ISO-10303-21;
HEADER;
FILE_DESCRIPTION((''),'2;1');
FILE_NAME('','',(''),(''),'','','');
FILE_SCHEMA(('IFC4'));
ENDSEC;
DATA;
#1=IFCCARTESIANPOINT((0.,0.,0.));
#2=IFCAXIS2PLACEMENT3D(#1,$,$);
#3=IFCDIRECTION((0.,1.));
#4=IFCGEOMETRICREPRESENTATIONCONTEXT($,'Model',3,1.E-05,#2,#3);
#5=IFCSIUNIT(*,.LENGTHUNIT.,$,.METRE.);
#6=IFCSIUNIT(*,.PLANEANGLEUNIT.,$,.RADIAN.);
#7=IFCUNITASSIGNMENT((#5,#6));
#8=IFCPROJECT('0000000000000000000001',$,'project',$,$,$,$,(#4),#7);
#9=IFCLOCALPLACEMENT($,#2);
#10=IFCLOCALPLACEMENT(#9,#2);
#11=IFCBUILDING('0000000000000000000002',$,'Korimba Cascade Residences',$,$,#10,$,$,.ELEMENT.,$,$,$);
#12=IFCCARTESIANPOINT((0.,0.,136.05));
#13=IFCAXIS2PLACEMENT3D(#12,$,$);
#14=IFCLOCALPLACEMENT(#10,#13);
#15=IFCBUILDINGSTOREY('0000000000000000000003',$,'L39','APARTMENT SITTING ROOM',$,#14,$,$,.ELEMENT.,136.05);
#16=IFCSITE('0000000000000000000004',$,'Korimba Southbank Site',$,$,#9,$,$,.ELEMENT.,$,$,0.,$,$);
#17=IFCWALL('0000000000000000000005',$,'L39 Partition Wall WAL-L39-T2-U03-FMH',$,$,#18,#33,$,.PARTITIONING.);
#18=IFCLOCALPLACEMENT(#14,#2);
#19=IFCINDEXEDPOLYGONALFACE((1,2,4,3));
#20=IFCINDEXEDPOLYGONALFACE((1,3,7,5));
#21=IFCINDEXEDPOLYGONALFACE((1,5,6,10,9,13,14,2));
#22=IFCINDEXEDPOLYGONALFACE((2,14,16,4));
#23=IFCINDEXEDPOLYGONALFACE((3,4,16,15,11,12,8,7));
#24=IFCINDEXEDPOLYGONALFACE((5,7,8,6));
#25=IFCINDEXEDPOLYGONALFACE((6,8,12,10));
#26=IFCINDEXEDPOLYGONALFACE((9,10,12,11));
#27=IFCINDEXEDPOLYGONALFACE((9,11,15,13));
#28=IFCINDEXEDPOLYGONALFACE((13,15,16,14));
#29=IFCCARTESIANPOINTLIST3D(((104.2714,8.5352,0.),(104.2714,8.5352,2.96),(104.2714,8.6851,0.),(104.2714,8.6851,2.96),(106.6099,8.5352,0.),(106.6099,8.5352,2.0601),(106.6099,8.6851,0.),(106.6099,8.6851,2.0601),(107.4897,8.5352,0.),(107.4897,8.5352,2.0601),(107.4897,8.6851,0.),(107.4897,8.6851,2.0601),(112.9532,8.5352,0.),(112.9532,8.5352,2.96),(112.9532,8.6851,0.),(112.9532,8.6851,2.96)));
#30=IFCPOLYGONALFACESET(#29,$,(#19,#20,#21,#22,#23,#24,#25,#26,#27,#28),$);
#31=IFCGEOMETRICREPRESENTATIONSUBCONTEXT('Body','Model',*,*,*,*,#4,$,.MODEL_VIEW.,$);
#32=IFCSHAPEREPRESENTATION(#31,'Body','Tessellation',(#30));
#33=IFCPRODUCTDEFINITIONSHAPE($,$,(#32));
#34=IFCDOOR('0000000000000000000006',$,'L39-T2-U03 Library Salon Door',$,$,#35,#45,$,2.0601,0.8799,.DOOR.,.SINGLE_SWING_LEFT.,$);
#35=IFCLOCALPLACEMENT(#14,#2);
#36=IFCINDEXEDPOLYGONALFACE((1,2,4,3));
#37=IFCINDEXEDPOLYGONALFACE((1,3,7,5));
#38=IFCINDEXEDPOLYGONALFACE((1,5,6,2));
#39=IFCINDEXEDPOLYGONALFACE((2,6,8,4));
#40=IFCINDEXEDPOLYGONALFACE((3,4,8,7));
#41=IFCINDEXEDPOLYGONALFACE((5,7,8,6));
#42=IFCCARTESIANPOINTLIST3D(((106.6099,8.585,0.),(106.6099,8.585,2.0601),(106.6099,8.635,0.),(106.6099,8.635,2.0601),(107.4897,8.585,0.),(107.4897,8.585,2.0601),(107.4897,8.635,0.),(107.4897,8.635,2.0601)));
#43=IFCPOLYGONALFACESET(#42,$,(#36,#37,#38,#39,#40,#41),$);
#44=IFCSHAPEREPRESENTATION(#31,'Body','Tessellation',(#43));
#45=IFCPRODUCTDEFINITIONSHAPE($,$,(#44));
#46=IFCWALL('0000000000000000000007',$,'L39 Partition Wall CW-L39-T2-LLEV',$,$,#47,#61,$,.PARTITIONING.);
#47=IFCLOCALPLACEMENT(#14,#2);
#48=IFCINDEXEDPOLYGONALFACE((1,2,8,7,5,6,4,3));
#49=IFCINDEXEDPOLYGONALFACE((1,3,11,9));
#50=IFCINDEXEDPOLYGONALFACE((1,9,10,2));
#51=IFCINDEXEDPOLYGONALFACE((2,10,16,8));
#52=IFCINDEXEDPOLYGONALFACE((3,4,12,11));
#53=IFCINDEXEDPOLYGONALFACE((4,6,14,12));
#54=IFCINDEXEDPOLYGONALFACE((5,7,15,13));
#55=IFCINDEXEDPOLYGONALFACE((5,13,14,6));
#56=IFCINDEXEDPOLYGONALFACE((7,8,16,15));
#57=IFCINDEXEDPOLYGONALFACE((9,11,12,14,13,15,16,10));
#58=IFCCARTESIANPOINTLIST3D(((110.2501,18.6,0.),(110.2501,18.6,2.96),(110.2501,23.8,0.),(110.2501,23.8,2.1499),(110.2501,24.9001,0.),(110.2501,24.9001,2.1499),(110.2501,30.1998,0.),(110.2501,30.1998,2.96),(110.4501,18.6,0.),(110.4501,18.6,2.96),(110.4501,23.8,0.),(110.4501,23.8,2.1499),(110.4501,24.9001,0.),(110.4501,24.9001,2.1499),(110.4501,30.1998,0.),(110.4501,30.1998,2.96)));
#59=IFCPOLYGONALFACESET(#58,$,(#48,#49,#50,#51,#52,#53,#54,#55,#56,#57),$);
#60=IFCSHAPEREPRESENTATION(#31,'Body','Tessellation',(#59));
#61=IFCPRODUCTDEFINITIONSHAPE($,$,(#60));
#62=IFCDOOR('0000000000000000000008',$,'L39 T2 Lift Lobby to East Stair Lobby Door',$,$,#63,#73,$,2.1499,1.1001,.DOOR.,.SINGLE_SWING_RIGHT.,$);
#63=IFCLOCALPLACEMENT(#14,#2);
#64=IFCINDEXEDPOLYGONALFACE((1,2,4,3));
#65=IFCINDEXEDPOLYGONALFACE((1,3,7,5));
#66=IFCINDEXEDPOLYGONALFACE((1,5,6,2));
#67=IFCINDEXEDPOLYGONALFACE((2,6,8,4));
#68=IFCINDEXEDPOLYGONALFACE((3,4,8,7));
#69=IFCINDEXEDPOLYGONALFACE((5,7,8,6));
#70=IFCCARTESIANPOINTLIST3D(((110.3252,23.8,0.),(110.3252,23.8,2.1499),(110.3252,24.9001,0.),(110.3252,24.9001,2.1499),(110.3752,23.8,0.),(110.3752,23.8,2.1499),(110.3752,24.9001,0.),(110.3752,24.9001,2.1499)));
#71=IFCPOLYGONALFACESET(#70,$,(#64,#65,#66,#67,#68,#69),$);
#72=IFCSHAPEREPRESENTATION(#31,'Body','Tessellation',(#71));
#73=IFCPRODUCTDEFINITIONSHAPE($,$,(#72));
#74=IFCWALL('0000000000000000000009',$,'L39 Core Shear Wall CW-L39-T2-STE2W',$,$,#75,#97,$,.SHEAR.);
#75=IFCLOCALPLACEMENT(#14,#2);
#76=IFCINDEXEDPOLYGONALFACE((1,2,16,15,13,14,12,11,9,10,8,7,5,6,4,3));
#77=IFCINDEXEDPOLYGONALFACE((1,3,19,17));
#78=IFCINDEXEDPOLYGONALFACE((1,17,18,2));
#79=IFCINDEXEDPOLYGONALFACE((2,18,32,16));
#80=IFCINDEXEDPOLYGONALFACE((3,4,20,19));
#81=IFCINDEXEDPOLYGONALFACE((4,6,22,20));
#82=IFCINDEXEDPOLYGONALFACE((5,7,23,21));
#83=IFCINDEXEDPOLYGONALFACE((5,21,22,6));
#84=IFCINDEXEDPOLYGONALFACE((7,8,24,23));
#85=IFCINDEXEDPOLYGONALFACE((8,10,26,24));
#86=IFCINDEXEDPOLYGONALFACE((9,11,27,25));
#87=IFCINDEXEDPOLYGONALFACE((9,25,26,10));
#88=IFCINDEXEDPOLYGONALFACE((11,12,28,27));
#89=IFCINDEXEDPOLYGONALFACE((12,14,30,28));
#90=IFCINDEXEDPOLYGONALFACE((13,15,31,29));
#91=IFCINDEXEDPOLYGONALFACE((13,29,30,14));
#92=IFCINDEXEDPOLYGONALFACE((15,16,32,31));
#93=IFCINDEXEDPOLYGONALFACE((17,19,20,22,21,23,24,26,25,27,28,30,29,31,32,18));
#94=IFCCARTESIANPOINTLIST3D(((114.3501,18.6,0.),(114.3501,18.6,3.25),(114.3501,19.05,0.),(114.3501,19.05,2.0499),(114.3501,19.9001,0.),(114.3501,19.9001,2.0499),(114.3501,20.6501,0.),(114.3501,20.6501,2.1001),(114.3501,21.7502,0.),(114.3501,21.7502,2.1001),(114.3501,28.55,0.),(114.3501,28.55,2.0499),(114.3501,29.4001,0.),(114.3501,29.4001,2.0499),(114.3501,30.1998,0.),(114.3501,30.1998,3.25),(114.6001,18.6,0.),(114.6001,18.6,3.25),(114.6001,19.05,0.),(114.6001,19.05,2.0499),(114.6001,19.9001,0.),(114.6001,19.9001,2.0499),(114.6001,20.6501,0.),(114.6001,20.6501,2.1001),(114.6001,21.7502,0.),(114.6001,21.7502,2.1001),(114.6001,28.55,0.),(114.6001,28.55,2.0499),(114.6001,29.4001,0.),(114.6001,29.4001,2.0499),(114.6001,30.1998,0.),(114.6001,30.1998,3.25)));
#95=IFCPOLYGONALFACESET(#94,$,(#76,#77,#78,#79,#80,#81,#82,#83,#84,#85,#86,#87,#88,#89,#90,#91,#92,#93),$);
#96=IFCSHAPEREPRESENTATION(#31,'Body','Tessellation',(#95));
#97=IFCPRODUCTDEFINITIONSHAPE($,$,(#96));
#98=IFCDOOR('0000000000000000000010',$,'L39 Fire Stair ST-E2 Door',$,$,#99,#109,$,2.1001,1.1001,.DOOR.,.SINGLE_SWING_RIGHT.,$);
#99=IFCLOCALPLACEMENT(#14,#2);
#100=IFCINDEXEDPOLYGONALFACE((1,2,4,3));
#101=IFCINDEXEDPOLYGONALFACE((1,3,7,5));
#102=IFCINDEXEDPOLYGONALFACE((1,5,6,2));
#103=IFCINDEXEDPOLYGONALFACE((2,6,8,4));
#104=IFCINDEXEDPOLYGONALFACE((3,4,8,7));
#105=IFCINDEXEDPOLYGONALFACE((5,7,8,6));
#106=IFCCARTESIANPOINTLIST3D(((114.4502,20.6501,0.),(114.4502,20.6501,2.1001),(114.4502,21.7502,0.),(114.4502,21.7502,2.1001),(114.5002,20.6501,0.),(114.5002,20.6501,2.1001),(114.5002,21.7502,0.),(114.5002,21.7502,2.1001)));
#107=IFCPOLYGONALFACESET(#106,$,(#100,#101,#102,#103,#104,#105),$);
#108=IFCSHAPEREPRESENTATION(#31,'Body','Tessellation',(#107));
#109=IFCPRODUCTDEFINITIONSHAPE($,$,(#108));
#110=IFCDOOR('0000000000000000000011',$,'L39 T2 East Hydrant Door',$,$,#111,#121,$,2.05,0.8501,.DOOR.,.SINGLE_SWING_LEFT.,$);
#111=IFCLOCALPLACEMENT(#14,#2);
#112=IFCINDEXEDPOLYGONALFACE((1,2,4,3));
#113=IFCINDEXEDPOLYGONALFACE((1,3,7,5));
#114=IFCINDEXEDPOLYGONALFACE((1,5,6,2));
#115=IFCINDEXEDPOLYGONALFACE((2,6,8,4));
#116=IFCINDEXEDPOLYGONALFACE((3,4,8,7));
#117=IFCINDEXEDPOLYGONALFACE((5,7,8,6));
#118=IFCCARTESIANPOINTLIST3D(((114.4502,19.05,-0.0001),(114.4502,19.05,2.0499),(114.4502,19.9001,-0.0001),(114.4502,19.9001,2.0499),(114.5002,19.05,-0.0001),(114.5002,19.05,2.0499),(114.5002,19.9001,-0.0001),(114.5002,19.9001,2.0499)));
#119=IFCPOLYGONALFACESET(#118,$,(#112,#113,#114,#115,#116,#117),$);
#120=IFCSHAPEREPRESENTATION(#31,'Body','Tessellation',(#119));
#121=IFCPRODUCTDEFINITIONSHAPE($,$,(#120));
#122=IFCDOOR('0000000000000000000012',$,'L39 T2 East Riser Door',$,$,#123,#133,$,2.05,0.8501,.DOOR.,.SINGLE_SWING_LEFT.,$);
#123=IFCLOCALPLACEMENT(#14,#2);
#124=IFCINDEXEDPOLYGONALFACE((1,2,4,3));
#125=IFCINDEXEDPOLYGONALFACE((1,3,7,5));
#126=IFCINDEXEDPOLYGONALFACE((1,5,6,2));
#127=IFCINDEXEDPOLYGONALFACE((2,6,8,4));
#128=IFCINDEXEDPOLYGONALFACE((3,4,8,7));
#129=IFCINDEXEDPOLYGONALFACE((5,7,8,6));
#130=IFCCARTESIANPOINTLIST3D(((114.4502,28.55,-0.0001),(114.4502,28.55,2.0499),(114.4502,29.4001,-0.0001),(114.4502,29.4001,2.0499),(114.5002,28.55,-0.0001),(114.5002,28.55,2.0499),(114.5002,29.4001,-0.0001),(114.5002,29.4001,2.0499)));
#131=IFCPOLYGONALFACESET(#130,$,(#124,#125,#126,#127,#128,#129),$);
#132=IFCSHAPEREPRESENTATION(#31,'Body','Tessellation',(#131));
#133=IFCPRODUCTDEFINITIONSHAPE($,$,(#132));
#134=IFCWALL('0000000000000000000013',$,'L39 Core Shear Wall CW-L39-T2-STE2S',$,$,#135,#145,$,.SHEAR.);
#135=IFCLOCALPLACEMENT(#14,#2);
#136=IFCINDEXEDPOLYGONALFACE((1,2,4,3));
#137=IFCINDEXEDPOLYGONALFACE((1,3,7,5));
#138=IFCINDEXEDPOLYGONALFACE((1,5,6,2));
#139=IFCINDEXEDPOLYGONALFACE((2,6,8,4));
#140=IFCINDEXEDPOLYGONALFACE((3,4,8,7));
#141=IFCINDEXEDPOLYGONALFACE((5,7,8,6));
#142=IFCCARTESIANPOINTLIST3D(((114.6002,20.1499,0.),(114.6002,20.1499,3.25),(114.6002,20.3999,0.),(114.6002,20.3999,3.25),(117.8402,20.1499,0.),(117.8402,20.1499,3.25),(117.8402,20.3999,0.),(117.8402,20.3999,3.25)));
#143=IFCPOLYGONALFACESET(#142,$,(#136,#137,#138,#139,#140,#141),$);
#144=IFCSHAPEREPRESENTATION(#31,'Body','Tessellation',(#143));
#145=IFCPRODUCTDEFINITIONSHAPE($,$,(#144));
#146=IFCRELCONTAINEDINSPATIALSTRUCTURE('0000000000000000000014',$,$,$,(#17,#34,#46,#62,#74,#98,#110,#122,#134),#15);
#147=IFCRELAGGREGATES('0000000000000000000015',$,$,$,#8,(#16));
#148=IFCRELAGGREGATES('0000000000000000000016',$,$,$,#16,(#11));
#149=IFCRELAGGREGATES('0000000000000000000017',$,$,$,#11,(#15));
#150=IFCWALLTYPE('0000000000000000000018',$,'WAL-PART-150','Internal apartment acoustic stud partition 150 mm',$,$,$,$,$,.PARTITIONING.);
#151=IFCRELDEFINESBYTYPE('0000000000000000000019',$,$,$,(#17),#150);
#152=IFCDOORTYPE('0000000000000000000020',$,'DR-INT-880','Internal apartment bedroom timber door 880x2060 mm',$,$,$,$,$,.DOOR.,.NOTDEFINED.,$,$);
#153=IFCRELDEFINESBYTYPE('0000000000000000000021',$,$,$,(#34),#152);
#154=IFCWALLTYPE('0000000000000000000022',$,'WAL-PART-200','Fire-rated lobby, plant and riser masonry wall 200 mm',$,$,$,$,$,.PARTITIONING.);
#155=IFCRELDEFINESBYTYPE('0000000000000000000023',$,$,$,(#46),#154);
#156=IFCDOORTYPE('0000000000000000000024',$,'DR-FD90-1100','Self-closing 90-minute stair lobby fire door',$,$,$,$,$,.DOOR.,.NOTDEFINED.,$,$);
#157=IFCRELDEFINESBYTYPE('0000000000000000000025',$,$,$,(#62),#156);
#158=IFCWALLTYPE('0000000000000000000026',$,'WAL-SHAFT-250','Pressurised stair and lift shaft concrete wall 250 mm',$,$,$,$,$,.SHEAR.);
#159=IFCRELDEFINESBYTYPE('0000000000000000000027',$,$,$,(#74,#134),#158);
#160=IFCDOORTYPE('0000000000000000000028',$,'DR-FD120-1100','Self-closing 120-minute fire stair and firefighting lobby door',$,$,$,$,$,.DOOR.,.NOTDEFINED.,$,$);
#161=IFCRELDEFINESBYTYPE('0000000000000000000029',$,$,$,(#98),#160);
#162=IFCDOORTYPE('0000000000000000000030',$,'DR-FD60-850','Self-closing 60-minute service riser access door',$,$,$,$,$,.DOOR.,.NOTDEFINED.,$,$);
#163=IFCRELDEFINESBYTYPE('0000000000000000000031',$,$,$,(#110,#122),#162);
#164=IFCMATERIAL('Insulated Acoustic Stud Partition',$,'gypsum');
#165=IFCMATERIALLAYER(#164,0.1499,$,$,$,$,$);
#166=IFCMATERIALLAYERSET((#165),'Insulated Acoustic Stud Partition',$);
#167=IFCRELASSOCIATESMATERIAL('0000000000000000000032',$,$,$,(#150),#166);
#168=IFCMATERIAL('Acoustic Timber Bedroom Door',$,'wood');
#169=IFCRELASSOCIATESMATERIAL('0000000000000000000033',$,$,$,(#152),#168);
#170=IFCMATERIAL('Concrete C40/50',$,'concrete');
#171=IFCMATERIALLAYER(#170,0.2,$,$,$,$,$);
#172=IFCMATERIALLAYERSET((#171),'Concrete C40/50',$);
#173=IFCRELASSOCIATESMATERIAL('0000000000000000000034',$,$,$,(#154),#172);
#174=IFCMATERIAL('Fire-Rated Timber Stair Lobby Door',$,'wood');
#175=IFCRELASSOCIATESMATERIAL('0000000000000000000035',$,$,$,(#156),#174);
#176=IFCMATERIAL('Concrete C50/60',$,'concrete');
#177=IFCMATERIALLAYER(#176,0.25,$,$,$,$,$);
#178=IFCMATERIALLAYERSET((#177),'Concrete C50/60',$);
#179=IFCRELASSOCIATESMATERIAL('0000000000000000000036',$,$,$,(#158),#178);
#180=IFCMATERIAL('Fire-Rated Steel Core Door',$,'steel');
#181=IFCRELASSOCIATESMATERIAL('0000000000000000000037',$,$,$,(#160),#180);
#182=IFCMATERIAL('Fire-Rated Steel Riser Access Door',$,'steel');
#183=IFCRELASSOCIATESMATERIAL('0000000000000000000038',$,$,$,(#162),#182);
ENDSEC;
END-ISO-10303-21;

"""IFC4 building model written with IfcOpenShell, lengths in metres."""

from ifc_helpers import new_model, si_unit, direction, frame, frame_2d, origin, place, context, subcontext, project, spatial, rectangle, extrude, material, layer, layer_set, type_object, element, fill, save


model = new_model("IFC4")

# Units and contexts
model_context = context("Model", 3, precision=1e-05, world=origin(), true_north=direction((0.0, 1.0)))
body_context = subcontext(model_context, "Body", "Model", "MODEL_VIEW")
ifc_project = project(units=[si_unit("LENGTHUNIT", "METRE"), si_unit("PLANEANGLEUNIT", "RADIAN")], contexts=[model_context])

# Site, building, storey
site_placement = place(None, origin())
site = spatial("IfcSite", under=ifc_project, at=site_placement, Name="Korimba Southbank Site", CompositionType="ELEMENT", RefElevation=0.0)
building_placement = place(site_placement, origin())
building = spatial("IfcBuilding", under=site, at=building_placement, Name="Korimba Cascade Residences", CompositionType="ELEMENT")
storey_placement = place(building_placement, frame((0.0, 0.0, 136.05)))
storey = spatial("IfcBuildingStorey", under=building, at=storey_placement, Name="L39", Description="APARTMENT SITTING ROOM", CompositionType="ELEMENT", Elevation=136.05)

# Shared definitions
ifc_material_1 = material(Name="Insulated Acoustic Stud Partition", Category="gypsum")
ifc_layer_1 = layer(ifc_material_1, 0.1499)
ifc_layer_set_1 = layer_set([ifc_layer_1], Name="Insulated Acoustic Stud Partition")
wall_type_1 = type_object("IfcWallType", Name="WAL-PART-150", Description="Internal apartment acoustic stud partition 150 mm", PredefinedType="PARTITIONING", material=ifc_layer_set_1)

# Walls, openings, doors
wall_1_placement = place(storey_placement, frame((104.2715, 8.6101, 0.0), z_axis=(0.0, 0.0, 1.0), x_axis=(1.0, 0.0, 0.0)))
wall_1 = element("IfcWall", 1, at=wall_1_placement, inside=storey, type_object=wall_type_1, Name="L39 Partition Wall WAL-L39-T2-U03-FMH", PredefinedType="PARTITIONING", context=body_context, shape_type="SweptSolid", body=[
    extrude(rectangle(XDim=8.6819, YDim=0.1499, at=frame_2d((4.3408, 0.0))), origin(), (0.0, 0.0, 1.0), 2.96),
])
opening_1_placement = place(wall_1_placement, frame((2.3384, 0.0, 0.0)))
opening_1 = element("IfcOpeningElement", 2, at=opening_1_placement, cuts=wall_1, PredefinedType="OPENING", context=body_context, shape_type="SweptSolid", body=[
    extrude(rectangle(XDim=0.8799, YDim=2.0601, at=frame_2d((0.4399, 1.03))), frame((0.0, 0.085, 0.0), z_axis=(0.0, -1.0, 0.0), x_axis=(1.0, 0.0, 0.0)), (0.0, 0.0, 1.0), 0.1699),
])
ifc_material_2 = material(Name="Acoustic Timber Bedroom Door", Category="wood")
door_type_1 = type_object("IfcDoorType", Name="DR-INT-880", Description="Internal apartment bedroom timber door 880x2060 mm", OperationType="NOTDEFINED", PredefinedType="DOOR", material=ifc_material_2)
door_1_placement = place(opening_1_placement, origin())
door_1 = element("IfcDoor", 3, at=door_1_placement, inside=storey, type_object=door_type_1, Name="L39-T2-U03 Library Salon Door", OperationType="SINGLE_SWING_LEFT", OverallHeight=2.0601, OverallWidth=0.8799, PredefinedType="DOOR", context=body_context, shape_type="SweptSolid", body=[
    extrude(rectangle(XDim=0.8799, YDim=2.0601, at=frame_2d((0.4399, 1.03))), frame((0.0, 0.0249, 0.0), z_axis=(0.0, -1.0, 0.0), x_axis=(1.0, 0.0, 0.0)), (0.0, 0.0, 1.0), 0.05),
])
fill(opening_1, door_1)
ifc_material_3 = material(Name="Concrete C40/50", Category="concrete")
ifc_layer_2 = layer(ifc_material_3, 0.2)
ifc_layer_set_2 = layer_set([ifc_layer_2], Name="Concrete C40/50")
wall_type_2 = type_object("IfcWallType", Name="WAL-PART-200", Description="Fire-rated lobby, plant and riser masonry wall 200 mm", PredefinedType="PARTITIONING", material=ifc_layer_set_2)
wall_2_placement = place(storey_placement, frame((110.3501, 18.6001, 0.0), z_axis=(0.0, 0.0, 1.0), x_axis=(0.0, 1.0, 0.0)))
wall_2 = element("IfcWall", 4, at=wall_2_placement, inside=storey, type_object=wall_type_2, Name="L39 Partition Wall CW-L39-T2-LLEV", PredefinedType="PARTITIONING", context=body_context, shape_type="SweptSolid", body=[
    extrude(rectangle(XDim=11.5999, YDim=0.2, at=frame_2d((5.7998, 0.0))), origin(), (0.0, 0.0, 1.0), 2.96),
])
opening_2_placement = place(wall_2_placement, frame((5.2, 0.0, 0.0)))
opening_2 = element("IfcOpeningElement", 5, at=opening_2_placement, cuts=wall_2, PredefinedType="OPENING", context=body_context, shape_type="SweptSolid", body=[
    extrude(rectangle(XDim=1.1001, YDim=2.1499, at=frame_2d((0.55, 1.075))), frame((0.0, 0.1099, 0.0), z_axis=(0.0, -1.0, 0.0), x_axis=(1.0, 0.0, 0.0)), (0.0, 0.0, 1.0), 0.22),
])
ifc_material_4 = material(Name="Fire-Rated Timber Stair Lobby Door", Category="wood")
door_type_2 = type_object("IfcDoorType", Name="DR-FD90-1100", Description="Self-closing 90-minute stair lobby fire door", OperationType="NOTDEFINED", PredefinedType="DOOR", material=ifc_material_4)
door_2_placement = place(opening_2_placement, origin())
door_2 = element("IfcDoor", 6, at=door_2_placement, inside=storey, type_object=door_type_2, Name="L39 T2 Lift Lobby to East Stair Lobby Door", OperationType="SINGLE_SWING_RIGHT", OverallHeight=2.1499, OverallWidth=1.1001, PredefinedType="DOOR", context=body_context, shape_type="SweptSolid", body=[
    extrude(rectangle(XDim=1.1001, YDim=2.1499, at=frame_2d((0.55, 1.075))), frame((0.0, 0.0249, 0.0), z_axis=(0.0, -1.0, 0.0), x_axis=(1.0, 0.0, 0.0)), (0.0, 0.0, 1.0), 0.05),
])
fill(opening_2, door_2)

# Wall, openings, doors
ifc_material_5 = material(Name="Concrete C50/60", Category="concrete")
ifc_layer_3 = layer(ifc_material_5, 0.25)
ifc_layer_set_3 = layer_set([ifc_layer_3], Name="Concrete C50/60")
wall_type_3 = type_object("IfcWallType", Name="WAL-SHAFT-250", Description="Pressurised stair and lift shaft concrete wall 250 mm", PredefinedType="SHEAR", material=ifc_layer_set_3)
wall_3_placement = place(storey_placement, frame((114.4751, 18.6001, 0.0), z_axis=(0.0, 0.0, 1.0), x_axis=(0.0, 1.0, 0.0)))
wall_3 = element("IfcWall", 7, at=wall_3_placement, inside=storey, type_object=wall_type_3, Name="L39 Core Shear Wall CW-L39-T2-STE2W", PredefinedType="SHEAR", context=body_context, shape_type="SweptSolid", body=[
    extrude(rectangle(XDim=11.5999, YDim=0.25, at=frame_2d((5.7998, 0.0))), origin(), (0.0, 0.0, 1.0), 3.25),
])
opening_3_placement = place(wall_3_placement, frame((0.45, 0.0, 0.0)))
opening_3 = element("IfcOpeningElement", 8, at=opening_3_placement, cuts=wall_3, PredefinedType="OPENING", context=body_context, shape_type="SweptSolid", body=[
    extrude(rectangle(XDim=0.8501, YDim=2.05, at=frame_2d((0.425, 1.0249))), frame((0.0, 0.135, 0.0), z_axis=(0.0, -1.0, 0.0), x_axis=(1.0, 0.0, 0.0)), (0.0, 0.0, 1.0), 0.27),
])
opening_4_placement = place(wall_3_placement, frame((2.05, 0.0, 0.0)))
opening_4 = element("IfcOpeningElement", 9, at=opening_4_placement, cuts=wall_3, PredefinedType="OPENING", context=body_context, shape_type="SweptSolid", body=[
    extrude(rectangle(XDim=1.1001, YDim=2.1001, at=frame_2d((0.55, 1.05))), frame((0.0, 0.135, 0.0), z_axis=(0.0, -1.0, 0.0), x_axis=(1.0, 0.0, 0.0)), (0.0, 0.0, 1.0), 0.27),
])
opening_5_placement = place(wall_3_placement, frame((9.95, 0.0, 0.0)))
opening_5 = element("IfcOpeningElement", 10, at=opening_5_placement, cuts=wall_3, PredefinedType="OPENING", context=body_context, shape_type="SweptSolid", body=[
    extrude(rectangle(XDim=0.8501, YDim=2.05, at=frame_2d((0.425, 1.0249))), frame((0.0, 0.135, 0.0), z_axis=(0.0, -1.0, 0.0), x_axis=(1.0, 0.0, 0.0)), (0.0, 0.0, 1.0), 0.27),
])
ifc_material_6 = material(Name="Fire-Rated Steel Core Door", Category="steel")
door_type_3 = type_object("IfcDoorType", Name="DR-FD120-1100", Description="Self-closing 120-minute fire stair and firefighting lobby door", OperationType="NOTDEFINED", PredefinedType="DOOR", material=ifc_material_6)
door_3_placement = place(opening_4_placement, origin())
door_3 = element("IfcDoor", 11, at=door_3_placement, inside=storey, type_object=door_type_3, Name="L39 Fire Stair ST-E2 Door", OperationType="SINGLE_SWING_RIGHT", OverallHeight=2.1001, OverallWidth=1.1001, PredefinedType="DOOR", context=body_context, shape_type="SweptSolid", body=[
    extrude(rectangle(XDim=1.1001, YDim=2.1001, at=frame_2d((0.55, 1.05))), frame((0.0, 0.0249, 0.0), z_axis=(0.0, -1.0, 0.0), x_axis=(1.0, 0.0, 0.0)), (0.0, 0.0, 1.0), 0.05),
])
fill(opening_4, door_3)
ifc_material_7 = material(Name="Fire-Rated Steel Riser Access Door", Category="steel")
door_type_4 = type_object("IfcDoorType", Name="DR-FD60-850", Description="Self-closing 60-minute service riser access door", OperationType="NOTDEFINED", PredefinedType="DOOR", material=ifc_material_7)
door_4_placement = place(opening_3_placement, origin())
door_4 = element("IfcDoor", 12, at=door_4_placement, inside=storey, type_object=door_type_4, Name="L39 T2 East Hydrant Door", OperationType="SINGLE_SWING_LEFT", OverallHeight=2.05, OverallWidth=0.8501, PredefinedType="DOOR", context=body_context, shape_type="SweptSolid", body=[
    extrude(rectangle(XDim=0.8501, YDim=2.05, at=frame_2d((0.425, 1.0249))), frame((0.0, 0.0249, 0.0), z_axis=(0.0, -1.0, 0.0), x_axis=(1.0, 0.0, 0.0)), (0.0, 0.0, 1.0), 0.05),
])
fill(opening_3, door_4)
door_5_placement = place(opening_5_placement, origin())
door_5 = element("IfcDoor", 13, at=door_5_placement, inside=storey, type_object=door_type_4, Name="L39 T2 East Riser Door", OperationType="SINGLE_SWING_LEFT", OverallHeight=2.05, OverallWidth=0.8501, PredefinedType="DOOR", context=body_context, shape_type="SweptSolid", body=[
    extrude(rectangle(XDim=0.8501, YDim=2.05, at=frame_2d((0.425, 1.0249))), frame((0.0, 0.0249, 0.0), z_axis=(0.0, -1.0, 0.0), x_axis=(1.0, 0.0, 0.0)), (0.0, 0.0, 1.0), 0.05),
])
fill(opening_5, door_5)

# Wall
wall_4_placement = place(storey_placement, frame((114.6001, 20.2749, 0.0), z_axis=(0.0, 0.0, 1.0), x_axis=(1.0, 0.0, 0.0)))
element("IfcWall", 14, at=wall_4_placement, inside=storey, type_object=wall_type_3, Name="L39 Core Shear Wall CW-L39-T2-STE2S", PredefinedType="SHEAR", context=body_context, shape_type="SweptSolid", body=[
    extrude(rectangle(XDim=3.24, YDim=0.25, at=frame_2d((1.6201, 0.0))), origin(), (0.0, 0.0, 1.0), 3.25),
])

save(model, "model.ifc")
